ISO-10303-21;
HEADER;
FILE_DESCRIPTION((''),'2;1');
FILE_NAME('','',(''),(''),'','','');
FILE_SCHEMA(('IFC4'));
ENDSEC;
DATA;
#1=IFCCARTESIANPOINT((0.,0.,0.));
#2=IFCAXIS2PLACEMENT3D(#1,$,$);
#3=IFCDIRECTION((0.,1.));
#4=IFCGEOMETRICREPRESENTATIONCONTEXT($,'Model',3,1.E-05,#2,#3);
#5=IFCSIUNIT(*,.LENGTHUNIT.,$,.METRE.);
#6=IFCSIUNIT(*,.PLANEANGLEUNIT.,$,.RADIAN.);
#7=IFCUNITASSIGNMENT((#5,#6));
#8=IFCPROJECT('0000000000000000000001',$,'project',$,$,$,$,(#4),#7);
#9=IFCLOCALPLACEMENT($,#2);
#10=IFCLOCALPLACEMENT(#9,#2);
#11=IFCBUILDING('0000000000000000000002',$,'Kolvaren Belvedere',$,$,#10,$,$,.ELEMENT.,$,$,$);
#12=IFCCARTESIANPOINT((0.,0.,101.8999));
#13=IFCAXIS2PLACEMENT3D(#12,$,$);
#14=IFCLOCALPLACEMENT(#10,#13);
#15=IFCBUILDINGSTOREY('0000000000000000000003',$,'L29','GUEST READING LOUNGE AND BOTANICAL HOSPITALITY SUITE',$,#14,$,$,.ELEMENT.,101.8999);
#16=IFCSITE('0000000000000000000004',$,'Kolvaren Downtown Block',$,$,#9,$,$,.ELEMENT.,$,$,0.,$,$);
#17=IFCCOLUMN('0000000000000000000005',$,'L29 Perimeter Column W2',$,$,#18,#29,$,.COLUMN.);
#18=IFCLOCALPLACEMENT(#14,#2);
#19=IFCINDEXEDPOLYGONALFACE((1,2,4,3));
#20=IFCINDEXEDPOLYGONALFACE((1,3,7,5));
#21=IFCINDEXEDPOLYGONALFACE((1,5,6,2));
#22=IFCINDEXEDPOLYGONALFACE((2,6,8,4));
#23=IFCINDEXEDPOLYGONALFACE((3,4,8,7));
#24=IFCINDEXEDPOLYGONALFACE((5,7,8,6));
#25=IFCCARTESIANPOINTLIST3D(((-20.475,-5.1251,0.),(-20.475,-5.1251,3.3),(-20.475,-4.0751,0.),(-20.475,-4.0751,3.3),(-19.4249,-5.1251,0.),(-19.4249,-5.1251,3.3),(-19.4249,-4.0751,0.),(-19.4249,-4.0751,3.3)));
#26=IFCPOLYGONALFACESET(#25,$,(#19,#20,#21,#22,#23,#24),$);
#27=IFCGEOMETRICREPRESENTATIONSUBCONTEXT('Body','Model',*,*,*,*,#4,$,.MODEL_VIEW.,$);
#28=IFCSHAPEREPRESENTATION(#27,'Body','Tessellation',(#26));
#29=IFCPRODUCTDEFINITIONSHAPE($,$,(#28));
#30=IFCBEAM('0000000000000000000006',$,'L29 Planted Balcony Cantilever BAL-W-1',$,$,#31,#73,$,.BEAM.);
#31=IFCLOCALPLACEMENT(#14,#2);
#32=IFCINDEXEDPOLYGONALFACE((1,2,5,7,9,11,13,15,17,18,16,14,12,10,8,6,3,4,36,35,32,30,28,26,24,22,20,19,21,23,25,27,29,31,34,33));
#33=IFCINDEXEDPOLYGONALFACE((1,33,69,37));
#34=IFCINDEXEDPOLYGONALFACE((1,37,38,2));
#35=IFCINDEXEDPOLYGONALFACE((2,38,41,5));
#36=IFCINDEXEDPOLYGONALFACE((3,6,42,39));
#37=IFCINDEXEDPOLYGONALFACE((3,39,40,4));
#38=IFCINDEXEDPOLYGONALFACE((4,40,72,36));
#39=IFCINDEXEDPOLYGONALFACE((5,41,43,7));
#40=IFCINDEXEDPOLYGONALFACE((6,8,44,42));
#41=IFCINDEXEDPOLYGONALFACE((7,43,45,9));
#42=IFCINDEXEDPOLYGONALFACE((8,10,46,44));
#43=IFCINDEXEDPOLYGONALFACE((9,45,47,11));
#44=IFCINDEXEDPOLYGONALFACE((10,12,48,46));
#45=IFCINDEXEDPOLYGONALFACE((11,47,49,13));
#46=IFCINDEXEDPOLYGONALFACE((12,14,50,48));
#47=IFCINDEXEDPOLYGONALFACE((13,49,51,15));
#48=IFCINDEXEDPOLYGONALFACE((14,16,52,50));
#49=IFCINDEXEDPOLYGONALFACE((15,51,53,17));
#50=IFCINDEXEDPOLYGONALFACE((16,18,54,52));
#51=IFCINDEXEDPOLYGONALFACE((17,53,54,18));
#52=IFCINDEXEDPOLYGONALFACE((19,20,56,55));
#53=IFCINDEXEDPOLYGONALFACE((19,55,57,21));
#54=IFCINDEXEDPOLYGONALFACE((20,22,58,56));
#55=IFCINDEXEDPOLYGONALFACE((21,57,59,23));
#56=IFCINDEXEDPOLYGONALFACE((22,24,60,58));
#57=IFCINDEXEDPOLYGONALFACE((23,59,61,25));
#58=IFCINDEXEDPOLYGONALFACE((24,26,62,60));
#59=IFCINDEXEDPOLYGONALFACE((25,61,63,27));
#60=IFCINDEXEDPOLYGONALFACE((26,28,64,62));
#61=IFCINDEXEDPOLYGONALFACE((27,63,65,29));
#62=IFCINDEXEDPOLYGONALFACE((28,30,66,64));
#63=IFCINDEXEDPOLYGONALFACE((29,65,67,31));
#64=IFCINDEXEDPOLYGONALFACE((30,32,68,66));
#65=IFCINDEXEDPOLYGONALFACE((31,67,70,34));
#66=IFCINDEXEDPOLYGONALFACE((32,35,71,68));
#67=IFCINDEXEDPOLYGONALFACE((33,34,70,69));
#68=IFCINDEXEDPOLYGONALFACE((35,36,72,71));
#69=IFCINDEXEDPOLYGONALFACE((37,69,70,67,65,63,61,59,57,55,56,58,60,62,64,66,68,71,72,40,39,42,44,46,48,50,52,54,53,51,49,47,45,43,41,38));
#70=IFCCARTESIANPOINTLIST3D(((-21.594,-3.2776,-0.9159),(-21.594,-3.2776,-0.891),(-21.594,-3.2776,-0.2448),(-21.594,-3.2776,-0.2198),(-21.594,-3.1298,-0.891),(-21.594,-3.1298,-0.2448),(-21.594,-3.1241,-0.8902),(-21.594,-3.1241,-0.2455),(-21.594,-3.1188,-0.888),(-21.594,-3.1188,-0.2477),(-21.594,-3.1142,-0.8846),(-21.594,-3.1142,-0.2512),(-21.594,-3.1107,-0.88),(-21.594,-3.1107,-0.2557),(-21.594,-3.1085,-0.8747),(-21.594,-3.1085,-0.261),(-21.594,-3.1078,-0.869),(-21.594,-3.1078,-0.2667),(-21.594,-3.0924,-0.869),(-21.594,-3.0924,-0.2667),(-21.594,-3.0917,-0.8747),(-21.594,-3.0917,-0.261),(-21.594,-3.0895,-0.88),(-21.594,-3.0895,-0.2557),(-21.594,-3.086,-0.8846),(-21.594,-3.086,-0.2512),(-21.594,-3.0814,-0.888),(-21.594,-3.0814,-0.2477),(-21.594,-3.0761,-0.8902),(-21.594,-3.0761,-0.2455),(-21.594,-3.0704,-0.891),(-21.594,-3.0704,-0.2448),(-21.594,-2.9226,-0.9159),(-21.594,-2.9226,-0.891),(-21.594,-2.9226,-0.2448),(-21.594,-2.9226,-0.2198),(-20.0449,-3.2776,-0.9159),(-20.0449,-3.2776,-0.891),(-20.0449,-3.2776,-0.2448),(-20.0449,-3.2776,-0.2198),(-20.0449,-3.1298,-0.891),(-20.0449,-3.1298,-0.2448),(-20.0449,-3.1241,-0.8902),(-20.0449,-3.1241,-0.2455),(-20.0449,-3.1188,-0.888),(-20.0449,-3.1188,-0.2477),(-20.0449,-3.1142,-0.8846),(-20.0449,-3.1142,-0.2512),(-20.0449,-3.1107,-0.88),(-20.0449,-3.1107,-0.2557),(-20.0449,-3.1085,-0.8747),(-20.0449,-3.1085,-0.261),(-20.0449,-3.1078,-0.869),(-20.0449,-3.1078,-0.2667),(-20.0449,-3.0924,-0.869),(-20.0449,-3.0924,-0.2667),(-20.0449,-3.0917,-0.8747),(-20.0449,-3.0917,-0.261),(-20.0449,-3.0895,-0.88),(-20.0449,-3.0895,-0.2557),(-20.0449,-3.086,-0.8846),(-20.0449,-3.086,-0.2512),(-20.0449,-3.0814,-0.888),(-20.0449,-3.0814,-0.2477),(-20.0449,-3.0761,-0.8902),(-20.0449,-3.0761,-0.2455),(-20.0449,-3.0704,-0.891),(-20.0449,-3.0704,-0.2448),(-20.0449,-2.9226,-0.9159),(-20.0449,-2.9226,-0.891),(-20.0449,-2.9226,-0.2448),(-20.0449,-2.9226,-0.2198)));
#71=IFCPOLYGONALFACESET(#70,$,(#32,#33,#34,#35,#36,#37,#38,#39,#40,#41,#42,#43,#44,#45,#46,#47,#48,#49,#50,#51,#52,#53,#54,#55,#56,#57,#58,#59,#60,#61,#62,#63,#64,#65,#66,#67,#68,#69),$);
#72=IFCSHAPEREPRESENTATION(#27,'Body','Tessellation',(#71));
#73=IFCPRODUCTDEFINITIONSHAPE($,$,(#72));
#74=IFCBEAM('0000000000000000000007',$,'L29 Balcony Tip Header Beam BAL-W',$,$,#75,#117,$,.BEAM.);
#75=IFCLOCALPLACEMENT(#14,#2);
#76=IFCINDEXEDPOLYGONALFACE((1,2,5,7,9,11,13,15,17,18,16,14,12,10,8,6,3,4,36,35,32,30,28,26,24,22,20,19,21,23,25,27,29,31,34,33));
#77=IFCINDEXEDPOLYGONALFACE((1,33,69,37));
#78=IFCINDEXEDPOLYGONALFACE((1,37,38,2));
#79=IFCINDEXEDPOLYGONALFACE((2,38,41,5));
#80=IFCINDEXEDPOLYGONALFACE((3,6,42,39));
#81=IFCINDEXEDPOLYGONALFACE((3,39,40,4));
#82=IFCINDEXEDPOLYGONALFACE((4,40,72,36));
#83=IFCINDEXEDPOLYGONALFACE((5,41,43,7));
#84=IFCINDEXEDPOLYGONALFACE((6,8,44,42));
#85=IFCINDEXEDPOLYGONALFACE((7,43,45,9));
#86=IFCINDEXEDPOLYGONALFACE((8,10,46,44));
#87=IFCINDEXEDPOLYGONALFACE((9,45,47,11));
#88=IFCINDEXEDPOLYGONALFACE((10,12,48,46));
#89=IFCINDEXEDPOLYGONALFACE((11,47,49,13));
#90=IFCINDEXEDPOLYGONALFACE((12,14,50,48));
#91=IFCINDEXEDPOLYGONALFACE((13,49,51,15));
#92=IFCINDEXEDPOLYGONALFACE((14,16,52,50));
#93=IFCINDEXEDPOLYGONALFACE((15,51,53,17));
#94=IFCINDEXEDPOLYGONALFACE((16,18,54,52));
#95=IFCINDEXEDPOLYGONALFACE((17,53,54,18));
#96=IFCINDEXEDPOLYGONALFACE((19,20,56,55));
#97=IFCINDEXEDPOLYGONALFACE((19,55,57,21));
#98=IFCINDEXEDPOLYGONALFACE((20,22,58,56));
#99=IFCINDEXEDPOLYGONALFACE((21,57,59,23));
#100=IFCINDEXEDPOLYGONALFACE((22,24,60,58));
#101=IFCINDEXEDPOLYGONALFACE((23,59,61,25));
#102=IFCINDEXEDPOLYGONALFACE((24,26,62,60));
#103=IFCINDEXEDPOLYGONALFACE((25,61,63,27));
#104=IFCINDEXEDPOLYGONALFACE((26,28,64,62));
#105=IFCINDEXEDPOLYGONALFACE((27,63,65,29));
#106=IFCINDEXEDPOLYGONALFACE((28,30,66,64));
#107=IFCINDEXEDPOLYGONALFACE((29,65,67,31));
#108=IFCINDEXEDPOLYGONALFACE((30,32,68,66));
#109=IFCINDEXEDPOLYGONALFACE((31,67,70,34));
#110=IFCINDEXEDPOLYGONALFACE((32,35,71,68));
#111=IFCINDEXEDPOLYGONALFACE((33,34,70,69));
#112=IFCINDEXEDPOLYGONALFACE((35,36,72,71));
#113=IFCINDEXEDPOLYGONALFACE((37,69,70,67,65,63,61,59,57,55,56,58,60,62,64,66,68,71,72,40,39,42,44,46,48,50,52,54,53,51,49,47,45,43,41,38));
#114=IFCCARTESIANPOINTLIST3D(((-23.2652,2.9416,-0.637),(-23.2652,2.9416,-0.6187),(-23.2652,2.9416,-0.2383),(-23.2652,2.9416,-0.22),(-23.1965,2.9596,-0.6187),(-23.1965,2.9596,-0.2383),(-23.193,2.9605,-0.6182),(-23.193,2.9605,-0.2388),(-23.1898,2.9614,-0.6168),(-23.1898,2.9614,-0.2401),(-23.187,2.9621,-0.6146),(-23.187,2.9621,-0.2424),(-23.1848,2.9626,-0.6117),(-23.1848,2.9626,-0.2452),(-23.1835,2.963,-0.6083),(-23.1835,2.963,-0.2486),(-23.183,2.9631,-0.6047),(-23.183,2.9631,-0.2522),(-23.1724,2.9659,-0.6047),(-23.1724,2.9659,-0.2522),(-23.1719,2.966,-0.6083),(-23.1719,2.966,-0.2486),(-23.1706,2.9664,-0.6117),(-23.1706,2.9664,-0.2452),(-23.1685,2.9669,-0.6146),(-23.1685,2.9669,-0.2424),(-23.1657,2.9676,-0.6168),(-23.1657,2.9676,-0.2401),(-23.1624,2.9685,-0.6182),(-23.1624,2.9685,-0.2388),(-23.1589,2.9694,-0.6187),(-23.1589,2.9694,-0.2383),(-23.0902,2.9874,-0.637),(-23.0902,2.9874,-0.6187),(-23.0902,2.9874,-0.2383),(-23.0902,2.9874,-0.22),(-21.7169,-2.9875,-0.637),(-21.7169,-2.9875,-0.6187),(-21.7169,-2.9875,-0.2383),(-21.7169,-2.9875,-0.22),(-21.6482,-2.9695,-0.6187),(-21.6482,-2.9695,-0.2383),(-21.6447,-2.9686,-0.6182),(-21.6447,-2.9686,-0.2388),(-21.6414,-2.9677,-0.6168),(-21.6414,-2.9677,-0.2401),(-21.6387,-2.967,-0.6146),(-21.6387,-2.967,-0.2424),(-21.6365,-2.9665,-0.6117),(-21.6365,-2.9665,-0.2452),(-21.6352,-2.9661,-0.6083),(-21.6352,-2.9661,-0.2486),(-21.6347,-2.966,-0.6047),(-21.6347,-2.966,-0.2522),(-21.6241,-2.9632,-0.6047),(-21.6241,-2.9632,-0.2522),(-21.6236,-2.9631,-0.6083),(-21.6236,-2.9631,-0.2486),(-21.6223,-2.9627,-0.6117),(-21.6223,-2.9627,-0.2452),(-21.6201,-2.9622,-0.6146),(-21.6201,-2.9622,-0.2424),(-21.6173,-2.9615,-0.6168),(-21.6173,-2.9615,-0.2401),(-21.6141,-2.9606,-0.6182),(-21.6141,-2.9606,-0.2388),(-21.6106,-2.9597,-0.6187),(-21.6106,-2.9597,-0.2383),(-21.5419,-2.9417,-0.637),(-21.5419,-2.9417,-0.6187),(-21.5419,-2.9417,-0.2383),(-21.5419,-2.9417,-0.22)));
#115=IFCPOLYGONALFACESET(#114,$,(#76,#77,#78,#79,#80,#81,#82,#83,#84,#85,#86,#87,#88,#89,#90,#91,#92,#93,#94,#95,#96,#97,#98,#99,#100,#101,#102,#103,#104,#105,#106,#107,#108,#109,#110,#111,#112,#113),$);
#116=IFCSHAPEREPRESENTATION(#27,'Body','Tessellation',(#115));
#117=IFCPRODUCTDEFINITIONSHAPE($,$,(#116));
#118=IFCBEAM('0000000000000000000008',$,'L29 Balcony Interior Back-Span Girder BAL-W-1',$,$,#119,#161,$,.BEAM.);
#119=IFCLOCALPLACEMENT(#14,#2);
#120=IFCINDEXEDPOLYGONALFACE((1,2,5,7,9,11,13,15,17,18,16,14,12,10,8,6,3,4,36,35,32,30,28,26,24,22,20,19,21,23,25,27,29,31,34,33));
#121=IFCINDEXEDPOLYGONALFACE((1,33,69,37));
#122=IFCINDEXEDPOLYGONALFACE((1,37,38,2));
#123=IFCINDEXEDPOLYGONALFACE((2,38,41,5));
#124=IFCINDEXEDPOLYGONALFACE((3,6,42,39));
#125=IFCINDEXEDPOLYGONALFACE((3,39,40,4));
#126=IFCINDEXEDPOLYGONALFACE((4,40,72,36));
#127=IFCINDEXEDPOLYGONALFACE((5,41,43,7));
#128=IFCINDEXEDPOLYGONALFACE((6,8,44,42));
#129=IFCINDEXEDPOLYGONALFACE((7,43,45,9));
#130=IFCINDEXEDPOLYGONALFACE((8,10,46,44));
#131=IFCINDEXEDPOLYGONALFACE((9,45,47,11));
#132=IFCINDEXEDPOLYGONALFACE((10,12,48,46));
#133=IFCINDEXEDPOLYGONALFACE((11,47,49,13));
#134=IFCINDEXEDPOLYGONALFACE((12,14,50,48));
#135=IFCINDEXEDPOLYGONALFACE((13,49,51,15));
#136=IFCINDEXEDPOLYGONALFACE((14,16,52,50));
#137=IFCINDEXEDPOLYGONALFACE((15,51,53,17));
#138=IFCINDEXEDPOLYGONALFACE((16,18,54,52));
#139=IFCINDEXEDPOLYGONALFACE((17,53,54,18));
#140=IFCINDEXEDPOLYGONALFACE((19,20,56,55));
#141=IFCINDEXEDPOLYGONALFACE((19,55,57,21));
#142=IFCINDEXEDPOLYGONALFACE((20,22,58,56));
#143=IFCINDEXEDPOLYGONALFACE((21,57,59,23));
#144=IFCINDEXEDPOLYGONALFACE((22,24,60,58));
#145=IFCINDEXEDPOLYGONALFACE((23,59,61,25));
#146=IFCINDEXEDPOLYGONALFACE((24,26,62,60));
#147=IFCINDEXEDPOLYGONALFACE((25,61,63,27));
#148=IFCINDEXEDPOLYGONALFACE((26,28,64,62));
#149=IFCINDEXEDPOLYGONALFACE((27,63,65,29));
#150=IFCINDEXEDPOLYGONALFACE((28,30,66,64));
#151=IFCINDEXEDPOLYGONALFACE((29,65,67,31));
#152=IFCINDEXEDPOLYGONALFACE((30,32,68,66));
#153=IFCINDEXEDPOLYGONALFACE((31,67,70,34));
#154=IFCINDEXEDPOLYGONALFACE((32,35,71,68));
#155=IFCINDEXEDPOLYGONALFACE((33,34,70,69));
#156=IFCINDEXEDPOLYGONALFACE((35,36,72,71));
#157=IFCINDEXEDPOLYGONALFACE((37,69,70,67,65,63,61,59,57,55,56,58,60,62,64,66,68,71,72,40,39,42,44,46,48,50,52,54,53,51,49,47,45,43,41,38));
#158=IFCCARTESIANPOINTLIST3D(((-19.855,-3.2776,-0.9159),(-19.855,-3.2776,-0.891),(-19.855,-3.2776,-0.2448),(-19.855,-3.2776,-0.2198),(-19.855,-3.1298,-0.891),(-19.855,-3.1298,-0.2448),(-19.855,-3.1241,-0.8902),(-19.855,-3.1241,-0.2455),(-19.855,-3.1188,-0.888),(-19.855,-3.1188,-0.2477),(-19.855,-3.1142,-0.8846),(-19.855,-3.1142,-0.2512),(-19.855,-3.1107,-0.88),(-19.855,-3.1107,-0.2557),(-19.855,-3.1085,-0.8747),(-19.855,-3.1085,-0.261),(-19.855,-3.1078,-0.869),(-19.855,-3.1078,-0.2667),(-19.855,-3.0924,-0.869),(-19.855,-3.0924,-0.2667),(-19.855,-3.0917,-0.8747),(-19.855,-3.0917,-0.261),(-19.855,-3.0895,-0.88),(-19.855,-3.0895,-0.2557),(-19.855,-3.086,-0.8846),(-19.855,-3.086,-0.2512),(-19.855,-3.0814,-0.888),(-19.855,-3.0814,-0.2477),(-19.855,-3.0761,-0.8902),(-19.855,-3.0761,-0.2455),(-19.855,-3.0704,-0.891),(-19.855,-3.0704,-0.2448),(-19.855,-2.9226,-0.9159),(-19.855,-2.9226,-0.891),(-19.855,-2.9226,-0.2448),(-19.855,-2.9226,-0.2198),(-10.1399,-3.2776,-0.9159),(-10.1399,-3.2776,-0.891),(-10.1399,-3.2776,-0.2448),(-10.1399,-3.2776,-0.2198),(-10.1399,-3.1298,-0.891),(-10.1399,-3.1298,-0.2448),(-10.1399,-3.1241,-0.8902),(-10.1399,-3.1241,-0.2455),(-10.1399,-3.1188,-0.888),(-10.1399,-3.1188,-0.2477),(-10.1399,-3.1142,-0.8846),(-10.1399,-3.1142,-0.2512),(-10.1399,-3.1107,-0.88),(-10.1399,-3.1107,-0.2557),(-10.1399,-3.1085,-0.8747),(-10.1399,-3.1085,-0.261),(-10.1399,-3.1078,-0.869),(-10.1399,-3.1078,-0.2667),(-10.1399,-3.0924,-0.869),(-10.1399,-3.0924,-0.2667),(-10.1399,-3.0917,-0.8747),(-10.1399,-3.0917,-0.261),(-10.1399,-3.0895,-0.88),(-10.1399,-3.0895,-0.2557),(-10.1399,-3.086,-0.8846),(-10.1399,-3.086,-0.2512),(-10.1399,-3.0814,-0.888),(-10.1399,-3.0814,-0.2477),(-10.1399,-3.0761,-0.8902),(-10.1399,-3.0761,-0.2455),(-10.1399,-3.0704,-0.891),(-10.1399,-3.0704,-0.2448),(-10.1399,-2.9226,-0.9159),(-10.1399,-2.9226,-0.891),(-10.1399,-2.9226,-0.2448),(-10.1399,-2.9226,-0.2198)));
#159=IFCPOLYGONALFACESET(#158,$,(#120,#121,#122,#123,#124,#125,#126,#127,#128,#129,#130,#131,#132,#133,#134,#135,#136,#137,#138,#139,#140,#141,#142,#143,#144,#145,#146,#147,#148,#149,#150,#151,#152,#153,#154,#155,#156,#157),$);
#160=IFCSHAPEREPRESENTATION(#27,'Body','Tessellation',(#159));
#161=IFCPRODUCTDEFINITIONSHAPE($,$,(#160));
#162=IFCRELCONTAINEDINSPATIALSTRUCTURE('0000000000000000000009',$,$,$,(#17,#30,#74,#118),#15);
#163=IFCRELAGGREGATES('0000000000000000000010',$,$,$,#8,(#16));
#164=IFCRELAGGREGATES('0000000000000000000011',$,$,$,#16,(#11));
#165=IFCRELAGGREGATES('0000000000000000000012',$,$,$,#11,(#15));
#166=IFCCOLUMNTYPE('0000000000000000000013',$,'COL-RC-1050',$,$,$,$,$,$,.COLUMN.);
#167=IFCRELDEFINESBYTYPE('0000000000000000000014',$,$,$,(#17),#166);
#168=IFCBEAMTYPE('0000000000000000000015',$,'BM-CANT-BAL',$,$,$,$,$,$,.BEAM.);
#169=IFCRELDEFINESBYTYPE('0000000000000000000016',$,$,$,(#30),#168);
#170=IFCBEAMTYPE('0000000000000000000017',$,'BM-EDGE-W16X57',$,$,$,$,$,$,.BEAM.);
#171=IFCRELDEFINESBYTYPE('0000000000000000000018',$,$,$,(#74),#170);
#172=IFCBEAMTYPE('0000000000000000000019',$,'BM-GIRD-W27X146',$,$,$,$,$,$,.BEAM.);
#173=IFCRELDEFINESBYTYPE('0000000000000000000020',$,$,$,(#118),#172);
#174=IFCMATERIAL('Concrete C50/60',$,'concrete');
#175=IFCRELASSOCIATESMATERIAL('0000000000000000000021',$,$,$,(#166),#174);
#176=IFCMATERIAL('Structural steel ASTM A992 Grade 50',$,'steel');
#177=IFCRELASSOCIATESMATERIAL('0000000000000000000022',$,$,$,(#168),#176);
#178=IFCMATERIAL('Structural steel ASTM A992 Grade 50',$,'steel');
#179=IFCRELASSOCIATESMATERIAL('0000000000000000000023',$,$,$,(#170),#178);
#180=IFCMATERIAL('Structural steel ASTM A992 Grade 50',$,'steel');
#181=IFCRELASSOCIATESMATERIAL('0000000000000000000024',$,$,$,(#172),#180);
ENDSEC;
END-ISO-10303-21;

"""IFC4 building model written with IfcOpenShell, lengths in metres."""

from ifc_helpers import new_model, si_unit, direction, frame, origin, origin_2d, place, context, subcontext, project, spatial, rectangle, i_section, extrude, material, material_profile, profile_set, type_object, element, save


model = new_model("IFC4")

# Units and contexts
model_context = context("Model", 3, precision=1e-05, world=origin(), true_north=direction((0.0, 1.0)))
body_context = subcontext(model_context, "Body", "Model", "MODEL_VIEW")
ifc_project = project(units=[si_unit("LENGTHUNIT", "METRE"), si_unit("PLANEANGLEUNIT", "RADIAN")], contexts=[model_context])

# Site, building, storey
site_placement = place(None, origin())
site = spatial("IfcSite", under=ifc_project, at=site_placement, Name="Kolvaren Downtown Block", CompositionType="ELEMENT", RefElevation=0.0)
building_placement = place(site_placement, origin())
building = spatial("IfcBuilding", under=site, at=building_placement, Name="Kolvaren Belvedere", CompositionType="ELEMENT")
storey_placement = place(building_placement, frame((0.0, 0.0, 101.8999)))
storey = spatial("IfcBuildingStorey", under=building, at=storey_placement, Name="L29", Description="GUEST READING LOUNGE AND BOTANICAL HOSPITALITY SUITE", CompositionType="ELEMENT", Elevation=101.8999)

# Column
ifc_material_1 = material(Name="Concrete C50/60", Category="concrete")
ifc_material_profile_1 = material_profile(ifc_material_1, rectangle(XDim=1.05, YDim=1.05, at=origin_2d()), Name="RC 1050X1050")
ifc_profile_set_1 = profile_set([ifc_material_profile_1], Name="Concrete C50/60")
column_type = type_object("IfcColumnType", Name="COL-RC-1050", PredefinedType="COLUMN", material=ifc_profile_set_1)
column_placement = place(storey_placement, frame((-19.95, -4.6001, 0.0), z_axis=(0.0, 0.0, 1.0), x_axis=(1.0, 0.0, 0.0)))
element("IfcColumn", 1, at=column_placement, inside=storey, type_object=column_type, Name="L29 Perimeter Column W2", PredefinedType="COLUMN", context=body_context, shape_type="SweptSolid", body=[
    extrude(rectangle(XDim=1.05, YDim=1.05, at=origin_2d()), origin(), (0.0, 0.0, 1.0), 3.3),
])

# Beams
ifc_material_2 = material(Name="Structural steel ASTM A992 Grade 50", Category="steel")
ifc_material_profile_2 = material_profile(ifc_material_2, i_section(OverallWidth=0.355, OverallDepth=0.696, WebThickness=0.0154, FlangeThickness=0.0249, FilletRadius=0.022, at=origin_2d()), Name="W27X146")
ifc_profile_set_2 = profile_set([ifc_material_profile_2], Name="Structural steel ASTM A992 Grade 50")
beam_type_1 = type_object("IfcBeamType", Name="BM-CANT-BAL", PredefinedType="BEAM", material=ifc_profile_set_2)
beam_1_placement = place(storey_placement, frame((-20.0449, -3.1001, -0.5679), z_axis=(-1.0, 0.0, 0.0), x_axis=(0.0, -1.0, 0.0)))
element("IfcBeam", 2, at=beam_1_placement, inside=storey, type_object=beam_type_1, Name="L29 Planted Balcony Cantilever BAL-W-1", PredefinedType="BEAM", context=body_context, shape_type="SweptSolid", body=[
    extrude(i_section(OverallWidth=0.355, OverallDepth=0.696, WebThickness=0.0154, FlangeThickness=0.0249, FilletRadius=0.022, at=origin_2d()), origin(), (0.0, 0.0, 1.0), 1.5491),
])
ifc_material_3 = material(Name="Structural steel ASTM A992 Grade 50", Category="steel")
ifc_material_profile_3 = material_profile(ifc_material_3, i_section(OverallWidth=0.1809, OverallDepth=0.417, WebThickness=0.011, FlangeThickness=0.0183, FilletRadius=0.0139, at=origin_2d()), Name="W16X57")
ifc_profile_set_3 = profile_set([ifc_material_profile_3], Name="Structural steel ASTM A992 Grade 50")
beam_type_2 = type_object("IfcBeamType", Name="BM-EDGE-W16X57", PredefinedType="BEAM", material=ifc_profile_set_3)
beam_2_placement = place(storey_placement, frame((-21.6294, -2.9646, -0.4285), z_axis=(-0.252665, 0.967554, 0.0), x_axis=(-0.967554, -0.252665, 0.0)))
element("IfcBeam", 3, at=beam_2_placement, inside=storey, type_object=beam_type_2, Name="L29 Balcony Tip Header Beam BAL-W", PredefinedType="BEAM", context=body_context, shape_type="SweptSolid", body=[
    extrude(i_section(OverallWidth=0.1809, OverallDepth=0.417, WebThickness=0.011, FlangeThickness=0.0183, FilletRadius=0.0139, at=origin_2d()), origin(), (0.0, 0.0, 1.0), 6.1279),
])
ifc_material_4 = material(Name="Structural steel ASTM A992 Grade 50", Category="steel")
ifc_material_profile_4 = material_profile(ifc_material_4, i_section(OverallWidth=0.355, OverallDepth=0.696, WebThickness=0.0154, FlangeThickness=0.0249, FilletRadius=0.022, at=origin_2d()), Name="W27X146")
ifc_profile_set_4 = profile_set([ifc_material_profile_4], Name="Structural steel ASTM A992 Grade 50")
beam_type_3 = type_object("IfcBeamType", Name="BM-GIRD-W27X146", PredefinedType="BEAM", material=ifc_profile_set_4)
beam_3_placement = place(storey_placement, frame((-10.1399, -3.1001, -0.5679), z_axis=(-1.0, 0.0, 0.0), x_axis=(0.0, -1.0, 0.0)))
element("IfcBeam", 4, at=beam_3_placement, inside=storey, type_object=beam_type_3, Name="L29 Balcony Interior Back-Span Girder BAL-W-1", PredefinedType="BEAM", context=body_context, shape_type="SweptSolid", body=[
    extrude(i_section(OverallWidth=0.355, OverallDepth=0.696, WebThickness=0.0154, FlangeThickness=0.0249, FilletRadius=0.022, at=origin_2d()), origin(), (0.0, 0.0, 1.0), 9.7151),
])

save(model, "model.ifc")
